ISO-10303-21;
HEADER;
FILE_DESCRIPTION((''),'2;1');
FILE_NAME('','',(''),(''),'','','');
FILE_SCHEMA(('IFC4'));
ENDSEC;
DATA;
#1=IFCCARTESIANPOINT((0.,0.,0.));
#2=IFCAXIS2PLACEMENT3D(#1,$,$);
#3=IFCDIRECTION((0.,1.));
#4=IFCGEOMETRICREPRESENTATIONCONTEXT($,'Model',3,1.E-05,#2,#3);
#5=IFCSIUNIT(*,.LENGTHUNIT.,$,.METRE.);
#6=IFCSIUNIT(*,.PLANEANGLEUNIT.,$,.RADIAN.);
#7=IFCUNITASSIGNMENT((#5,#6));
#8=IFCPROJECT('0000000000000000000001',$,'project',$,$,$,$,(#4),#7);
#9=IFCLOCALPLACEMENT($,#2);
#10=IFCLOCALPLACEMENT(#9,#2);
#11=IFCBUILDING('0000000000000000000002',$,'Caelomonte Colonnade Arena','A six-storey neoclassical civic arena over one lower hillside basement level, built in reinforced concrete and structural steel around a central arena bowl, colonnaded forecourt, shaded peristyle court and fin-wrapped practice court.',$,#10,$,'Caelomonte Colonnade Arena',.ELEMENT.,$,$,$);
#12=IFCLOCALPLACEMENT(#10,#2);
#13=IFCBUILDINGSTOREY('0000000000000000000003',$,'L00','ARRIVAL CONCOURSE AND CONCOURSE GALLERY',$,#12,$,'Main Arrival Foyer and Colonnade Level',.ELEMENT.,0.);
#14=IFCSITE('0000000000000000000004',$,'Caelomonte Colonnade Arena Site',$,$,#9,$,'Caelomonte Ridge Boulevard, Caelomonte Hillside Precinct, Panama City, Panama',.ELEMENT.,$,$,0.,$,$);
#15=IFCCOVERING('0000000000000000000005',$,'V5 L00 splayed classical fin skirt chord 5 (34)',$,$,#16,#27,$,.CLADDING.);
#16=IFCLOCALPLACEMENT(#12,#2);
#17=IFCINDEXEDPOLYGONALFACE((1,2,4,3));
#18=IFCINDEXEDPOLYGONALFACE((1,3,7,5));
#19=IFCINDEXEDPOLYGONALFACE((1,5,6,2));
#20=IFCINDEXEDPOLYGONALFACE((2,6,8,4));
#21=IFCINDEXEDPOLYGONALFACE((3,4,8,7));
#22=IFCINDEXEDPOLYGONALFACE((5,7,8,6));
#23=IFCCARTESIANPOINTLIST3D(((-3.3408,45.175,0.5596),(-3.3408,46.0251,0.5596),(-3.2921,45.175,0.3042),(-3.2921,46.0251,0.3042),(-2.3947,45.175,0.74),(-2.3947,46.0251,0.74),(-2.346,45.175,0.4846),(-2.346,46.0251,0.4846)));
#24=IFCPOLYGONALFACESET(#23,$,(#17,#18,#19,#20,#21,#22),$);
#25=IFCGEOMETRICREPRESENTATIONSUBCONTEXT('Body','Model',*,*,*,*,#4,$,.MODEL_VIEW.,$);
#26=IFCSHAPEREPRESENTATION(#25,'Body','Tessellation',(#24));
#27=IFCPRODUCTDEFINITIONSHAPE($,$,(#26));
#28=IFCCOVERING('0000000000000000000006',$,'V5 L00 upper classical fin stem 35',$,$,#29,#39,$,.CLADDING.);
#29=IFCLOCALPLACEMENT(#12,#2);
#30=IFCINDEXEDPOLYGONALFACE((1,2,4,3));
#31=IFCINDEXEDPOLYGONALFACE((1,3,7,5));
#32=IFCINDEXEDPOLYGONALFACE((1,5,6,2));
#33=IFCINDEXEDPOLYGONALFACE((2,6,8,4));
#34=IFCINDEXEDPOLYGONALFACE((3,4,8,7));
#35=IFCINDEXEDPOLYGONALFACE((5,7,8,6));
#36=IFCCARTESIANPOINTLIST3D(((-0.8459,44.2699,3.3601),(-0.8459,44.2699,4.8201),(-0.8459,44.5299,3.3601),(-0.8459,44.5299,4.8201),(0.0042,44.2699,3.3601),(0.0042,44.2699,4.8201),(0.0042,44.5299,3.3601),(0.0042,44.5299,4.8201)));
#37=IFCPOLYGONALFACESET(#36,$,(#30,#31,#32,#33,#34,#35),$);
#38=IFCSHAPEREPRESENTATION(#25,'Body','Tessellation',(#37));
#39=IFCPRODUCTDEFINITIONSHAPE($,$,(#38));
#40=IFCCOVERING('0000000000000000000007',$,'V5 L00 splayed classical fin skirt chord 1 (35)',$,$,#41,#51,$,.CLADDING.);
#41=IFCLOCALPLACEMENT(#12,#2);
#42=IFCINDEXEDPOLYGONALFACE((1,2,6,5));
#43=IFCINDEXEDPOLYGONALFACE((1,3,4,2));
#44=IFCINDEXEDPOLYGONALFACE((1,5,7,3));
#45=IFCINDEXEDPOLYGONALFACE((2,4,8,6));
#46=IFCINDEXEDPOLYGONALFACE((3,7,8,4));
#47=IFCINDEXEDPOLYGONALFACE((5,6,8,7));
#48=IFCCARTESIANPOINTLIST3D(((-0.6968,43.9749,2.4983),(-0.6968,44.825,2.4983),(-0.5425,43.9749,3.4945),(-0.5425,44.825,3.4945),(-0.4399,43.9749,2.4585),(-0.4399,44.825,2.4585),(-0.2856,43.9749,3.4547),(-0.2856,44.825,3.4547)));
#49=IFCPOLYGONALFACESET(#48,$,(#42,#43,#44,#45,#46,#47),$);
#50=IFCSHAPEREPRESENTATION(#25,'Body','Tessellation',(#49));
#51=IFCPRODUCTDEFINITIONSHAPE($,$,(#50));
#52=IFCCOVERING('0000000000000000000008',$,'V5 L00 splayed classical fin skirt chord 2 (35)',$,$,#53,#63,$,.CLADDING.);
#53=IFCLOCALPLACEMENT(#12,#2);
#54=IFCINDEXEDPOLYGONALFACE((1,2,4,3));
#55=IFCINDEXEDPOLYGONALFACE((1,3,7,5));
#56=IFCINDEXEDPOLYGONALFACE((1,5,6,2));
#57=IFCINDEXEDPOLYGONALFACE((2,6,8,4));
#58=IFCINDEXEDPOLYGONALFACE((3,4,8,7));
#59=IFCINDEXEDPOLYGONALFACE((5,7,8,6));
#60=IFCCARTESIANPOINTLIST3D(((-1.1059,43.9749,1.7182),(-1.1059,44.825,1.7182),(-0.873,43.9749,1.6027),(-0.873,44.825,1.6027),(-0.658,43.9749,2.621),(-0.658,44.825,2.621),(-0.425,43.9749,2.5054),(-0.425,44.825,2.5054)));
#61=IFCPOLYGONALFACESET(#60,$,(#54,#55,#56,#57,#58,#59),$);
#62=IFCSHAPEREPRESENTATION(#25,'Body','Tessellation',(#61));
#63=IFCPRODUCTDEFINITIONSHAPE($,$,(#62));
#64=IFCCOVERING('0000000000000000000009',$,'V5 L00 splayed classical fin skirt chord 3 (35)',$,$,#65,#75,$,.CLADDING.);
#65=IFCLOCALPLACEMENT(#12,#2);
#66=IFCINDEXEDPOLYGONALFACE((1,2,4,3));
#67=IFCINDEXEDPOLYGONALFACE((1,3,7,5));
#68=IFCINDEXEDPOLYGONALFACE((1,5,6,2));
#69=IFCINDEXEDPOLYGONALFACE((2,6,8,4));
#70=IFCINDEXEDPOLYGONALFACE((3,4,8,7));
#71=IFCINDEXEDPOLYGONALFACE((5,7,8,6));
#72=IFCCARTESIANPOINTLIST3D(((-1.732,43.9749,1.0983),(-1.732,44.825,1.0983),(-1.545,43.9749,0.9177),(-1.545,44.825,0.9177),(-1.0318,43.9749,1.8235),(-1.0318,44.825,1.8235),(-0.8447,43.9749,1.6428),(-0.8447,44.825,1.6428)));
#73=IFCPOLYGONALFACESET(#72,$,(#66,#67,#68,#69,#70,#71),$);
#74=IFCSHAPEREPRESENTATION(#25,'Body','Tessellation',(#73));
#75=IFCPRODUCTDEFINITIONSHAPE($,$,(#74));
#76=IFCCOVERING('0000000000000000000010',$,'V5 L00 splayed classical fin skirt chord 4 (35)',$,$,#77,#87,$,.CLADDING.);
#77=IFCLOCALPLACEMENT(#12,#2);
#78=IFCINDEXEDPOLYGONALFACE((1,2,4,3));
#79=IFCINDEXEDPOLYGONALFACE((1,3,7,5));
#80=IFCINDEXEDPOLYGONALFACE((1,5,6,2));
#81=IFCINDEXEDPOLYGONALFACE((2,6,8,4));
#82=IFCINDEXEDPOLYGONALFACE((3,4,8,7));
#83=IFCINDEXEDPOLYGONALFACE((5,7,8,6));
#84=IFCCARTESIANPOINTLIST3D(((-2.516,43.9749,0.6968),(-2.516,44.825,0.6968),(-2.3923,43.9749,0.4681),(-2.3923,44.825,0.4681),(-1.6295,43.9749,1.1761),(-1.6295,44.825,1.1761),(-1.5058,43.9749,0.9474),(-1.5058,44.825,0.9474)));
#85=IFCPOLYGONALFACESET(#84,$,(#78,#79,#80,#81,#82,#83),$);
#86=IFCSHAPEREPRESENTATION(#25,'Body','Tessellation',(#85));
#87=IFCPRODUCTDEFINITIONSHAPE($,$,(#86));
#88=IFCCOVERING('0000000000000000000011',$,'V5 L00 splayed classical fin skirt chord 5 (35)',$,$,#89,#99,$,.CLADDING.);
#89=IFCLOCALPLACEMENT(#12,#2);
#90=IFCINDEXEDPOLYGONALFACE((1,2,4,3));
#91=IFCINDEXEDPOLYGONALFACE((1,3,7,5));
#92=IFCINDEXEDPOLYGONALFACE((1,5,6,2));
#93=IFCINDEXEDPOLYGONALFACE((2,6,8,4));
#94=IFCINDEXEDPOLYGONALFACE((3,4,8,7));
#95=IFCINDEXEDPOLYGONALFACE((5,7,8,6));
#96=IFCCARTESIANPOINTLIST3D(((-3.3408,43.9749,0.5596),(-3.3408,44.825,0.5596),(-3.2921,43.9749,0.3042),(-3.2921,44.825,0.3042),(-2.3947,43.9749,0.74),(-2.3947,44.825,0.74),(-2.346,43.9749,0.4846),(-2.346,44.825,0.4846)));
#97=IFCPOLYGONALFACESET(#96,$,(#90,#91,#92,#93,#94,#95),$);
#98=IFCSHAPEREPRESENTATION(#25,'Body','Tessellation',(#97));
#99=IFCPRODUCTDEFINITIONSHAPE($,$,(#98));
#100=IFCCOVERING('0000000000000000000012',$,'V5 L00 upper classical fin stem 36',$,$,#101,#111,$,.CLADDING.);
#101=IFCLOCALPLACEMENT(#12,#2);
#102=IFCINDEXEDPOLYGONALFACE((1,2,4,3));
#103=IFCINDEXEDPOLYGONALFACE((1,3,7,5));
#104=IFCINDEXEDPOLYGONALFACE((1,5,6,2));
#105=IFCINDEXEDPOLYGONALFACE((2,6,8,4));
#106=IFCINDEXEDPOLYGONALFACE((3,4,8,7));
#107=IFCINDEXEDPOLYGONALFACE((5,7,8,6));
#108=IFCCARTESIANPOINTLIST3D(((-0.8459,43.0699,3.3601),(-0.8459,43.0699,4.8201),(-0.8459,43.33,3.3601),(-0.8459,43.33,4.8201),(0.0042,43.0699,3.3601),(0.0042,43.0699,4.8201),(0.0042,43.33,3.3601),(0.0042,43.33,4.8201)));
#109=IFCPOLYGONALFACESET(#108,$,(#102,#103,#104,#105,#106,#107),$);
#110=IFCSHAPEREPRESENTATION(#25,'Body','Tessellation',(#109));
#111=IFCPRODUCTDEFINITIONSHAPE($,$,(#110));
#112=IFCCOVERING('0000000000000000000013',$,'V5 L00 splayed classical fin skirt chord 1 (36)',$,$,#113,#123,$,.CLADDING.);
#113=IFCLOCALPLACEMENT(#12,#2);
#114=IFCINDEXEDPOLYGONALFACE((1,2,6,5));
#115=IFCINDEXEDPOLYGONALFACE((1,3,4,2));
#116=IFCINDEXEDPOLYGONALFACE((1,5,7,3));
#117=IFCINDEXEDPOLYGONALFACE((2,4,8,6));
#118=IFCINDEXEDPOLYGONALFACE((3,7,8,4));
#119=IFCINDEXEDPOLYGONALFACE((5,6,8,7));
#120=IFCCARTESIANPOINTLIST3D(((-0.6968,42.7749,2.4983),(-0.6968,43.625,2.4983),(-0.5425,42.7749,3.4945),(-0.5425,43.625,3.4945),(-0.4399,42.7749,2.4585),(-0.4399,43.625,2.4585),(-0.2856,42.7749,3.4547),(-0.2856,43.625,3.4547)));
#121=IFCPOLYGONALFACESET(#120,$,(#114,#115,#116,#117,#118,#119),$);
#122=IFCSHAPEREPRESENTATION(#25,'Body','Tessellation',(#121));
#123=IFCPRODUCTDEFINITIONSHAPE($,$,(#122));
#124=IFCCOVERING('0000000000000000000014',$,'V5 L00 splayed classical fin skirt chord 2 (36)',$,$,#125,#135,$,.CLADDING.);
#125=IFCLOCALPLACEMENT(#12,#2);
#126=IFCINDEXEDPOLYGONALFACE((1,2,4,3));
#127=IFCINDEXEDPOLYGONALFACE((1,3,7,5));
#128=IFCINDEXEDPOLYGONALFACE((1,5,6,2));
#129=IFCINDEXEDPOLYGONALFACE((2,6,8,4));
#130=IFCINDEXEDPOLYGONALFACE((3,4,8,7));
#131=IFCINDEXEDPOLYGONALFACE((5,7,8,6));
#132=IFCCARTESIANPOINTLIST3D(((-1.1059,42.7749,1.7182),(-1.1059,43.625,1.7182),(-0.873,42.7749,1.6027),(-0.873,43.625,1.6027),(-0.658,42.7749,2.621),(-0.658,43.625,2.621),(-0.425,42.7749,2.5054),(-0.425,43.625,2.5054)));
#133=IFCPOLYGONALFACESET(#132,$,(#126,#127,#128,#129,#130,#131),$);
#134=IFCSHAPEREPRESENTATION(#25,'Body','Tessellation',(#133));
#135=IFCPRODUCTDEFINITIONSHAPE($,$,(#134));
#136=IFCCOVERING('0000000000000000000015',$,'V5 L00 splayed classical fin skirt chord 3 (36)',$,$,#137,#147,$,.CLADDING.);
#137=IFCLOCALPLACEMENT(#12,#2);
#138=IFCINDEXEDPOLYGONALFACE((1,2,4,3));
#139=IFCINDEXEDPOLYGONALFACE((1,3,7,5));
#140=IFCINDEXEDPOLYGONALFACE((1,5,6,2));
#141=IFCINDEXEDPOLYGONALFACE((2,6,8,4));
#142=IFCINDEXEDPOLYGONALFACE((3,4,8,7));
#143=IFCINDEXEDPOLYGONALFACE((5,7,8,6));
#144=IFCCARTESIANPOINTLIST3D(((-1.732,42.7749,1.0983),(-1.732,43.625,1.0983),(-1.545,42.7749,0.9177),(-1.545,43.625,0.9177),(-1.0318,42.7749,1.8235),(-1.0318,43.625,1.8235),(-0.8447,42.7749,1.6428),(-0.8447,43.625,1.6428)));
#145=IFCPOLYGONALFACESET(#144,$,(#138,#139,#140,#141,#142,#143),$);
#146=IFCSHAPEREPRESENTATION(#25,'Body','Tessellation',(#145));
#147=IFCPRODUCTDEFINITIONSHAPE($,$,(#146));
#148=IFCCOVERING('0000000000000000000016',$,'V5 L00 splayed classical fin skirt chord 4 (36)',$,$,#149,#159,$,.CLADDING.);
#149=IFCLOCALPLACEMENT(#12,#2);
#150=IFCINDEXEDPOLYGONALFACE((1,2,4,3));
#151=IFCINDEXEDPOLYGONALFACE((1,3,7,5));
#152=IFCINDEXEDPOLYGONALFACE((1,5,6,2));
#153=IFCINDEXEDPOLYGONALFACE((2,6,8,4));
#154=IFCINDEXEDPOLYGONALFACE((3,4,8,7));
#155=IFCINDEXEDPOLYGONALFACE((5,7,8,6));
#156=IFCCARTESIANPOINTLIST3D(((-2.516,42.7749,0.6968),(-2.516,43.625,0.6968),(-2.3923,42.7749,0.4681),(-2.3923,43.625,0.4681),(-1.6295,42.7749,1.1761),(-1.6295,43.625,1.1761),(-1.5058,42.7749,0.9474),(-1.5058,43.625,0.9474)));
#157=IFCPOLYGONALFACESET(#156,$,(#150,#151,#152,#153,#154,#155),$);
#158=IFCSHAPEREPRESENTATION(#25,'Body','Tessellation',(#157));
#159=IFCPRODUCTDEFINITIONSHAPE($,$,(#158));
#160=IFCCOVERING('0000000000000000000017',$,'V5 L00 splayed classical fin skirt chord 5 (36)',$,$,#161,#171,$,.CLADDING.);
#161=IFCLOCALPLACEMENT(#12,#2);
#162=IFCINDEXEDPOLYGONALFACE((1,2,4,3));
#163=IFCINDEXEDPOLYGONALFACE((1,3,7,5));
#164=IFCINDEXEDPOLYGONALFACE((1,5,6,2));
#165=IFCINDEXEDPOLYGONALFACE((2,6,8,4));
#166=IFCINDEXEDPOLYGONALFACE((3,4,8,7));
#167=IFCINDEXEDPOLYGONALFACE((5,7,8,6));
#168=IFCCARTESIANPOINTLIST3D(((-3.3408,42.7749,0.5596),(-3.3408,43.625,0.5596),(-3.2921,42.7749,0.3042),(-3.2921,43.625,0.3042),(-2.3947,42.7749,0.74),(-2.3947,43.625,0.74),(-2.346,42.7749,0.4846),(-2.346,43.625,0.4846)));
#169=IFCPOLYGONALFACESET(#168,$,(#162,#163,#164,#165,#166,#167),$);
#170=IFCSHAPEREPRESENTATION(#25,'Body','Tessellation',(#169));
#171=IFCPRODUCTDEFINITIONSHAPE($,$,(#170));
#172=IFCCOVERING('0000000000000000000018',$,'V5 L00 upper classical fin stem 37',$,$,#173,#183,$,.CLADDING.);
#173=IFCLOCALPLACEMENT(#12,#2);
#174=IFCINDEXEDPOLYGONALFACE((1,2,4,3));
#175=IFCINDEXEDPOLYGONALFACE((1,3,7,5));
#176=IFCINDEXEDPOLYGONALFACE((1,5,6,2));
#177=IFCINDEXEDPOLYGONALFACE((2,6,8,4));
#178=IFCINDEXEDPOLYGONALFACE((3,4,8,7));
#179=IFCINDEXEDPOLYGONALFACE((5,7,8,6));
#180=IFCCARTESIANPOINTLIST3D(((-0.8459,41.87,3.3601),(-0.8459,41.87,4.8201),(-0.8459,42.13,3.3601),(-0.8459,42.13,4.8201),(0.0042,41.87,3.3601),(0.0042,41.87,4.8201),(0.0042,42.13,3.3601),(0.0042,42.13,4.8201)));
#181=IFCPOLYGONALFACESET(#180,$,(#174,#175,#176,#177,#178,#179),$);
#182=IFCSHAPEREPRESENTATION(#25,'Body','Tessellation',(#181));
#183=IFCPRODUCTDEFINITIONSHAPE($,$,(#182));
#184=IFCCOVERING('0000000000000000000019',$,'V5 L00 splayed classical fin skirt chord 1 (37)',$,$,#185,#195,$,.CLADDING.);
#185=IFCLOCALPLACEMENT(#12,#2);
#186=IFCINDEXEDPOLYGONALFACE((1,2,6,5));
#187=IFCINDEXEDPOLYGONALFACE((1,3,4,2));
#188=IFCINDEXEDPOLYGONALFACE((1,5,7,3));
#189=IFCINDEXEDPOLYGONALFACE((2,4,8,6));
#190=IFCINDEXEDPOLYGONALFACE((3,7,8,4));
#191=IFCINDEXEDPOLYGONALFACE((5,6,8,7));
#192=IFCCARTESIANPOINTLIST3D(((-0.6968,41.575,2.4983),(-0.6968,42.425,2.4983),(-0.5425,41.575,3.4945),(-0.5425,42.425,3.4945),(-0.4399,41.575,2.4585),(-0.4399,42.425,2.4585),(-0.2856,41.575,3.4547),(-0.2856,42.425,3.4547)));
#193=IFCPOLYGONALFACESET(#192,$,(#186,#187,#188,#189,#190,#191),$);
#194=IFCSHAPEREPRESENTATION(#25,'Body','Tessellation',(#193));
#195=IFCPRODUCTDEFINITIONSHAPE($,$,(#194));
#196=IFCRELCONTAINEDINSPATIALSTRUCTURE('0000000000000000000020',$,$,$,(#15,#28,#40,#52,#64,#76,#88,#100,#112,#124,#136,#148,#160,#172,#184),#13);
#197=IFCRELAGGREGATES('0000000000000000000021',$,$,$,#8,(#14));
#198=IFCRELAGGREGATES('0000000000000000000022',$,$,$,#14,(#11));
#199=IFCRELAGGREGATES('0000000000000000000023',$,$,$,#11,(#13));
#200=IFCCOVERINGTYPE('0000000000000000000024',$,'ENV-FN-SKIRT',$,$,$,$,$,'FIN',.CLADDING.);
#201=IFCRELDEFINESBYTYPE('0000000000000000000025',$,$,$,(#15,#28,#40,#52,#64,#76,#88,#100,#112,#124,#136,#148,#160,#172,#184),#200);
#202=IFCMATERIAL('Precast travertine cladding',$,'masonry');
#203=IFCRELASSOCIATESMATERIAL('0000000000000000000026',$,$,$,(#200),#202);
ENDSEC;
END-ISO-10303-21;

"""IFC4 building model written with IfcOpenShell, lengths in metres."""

from ifc_helpers import new_model, si_unit, direction, frame, origin, origin_2d, place, context, subcontext, project, spatial, rectangle, extrude, material, material_profile, profile_set, type_object, element, save


model = new_model("IFC4")

# Units and contexts
model_context = context("Model", 3, precision=1e-05, world=origin(), true_north=direction((0.0, 1.0)))
body_context = subcontext(model_context, "Body", "Model", "MODEL_VIEW")
ifc_project = project(units=[si_unit("LENGTHUNIT", "METRE"), si_unit("PLANEANGLEUNIT", "RADIAN")], contexts=[model_context])

# Site, building, storey
site_placement = place(None, origin())
site = spatial("IfcSite", under=ifc_project, at=site_placement, Name="Caelomonte Colonnade Arena Site", LongName="Caelomonte Ridge Boulevard, Caelomonte Hillside Precinct, Panama City, Panama", CompositionType="ELEMENT", RefElevation=0.0)
building_placement = place(site_placement, origin())
building = spatial("IfcBuilding", under=site, at=building_placement, Name="Caelomonte Colonnade Arena", Description="A six-storey neoclassical civic arena over one lower hillside basement level, built in reinforced concrete and structural steel around a central arena bowl, colonnaded forecourt, shaded peristyle court and fin-wrapped practice court.", LongName="Caelomonte Colonnade Arena", CompositionType="ELEMENT")
storey_placement = place(building_placement, origin())
storey = spatial("IfcBuildingStorey", under=building, at=storey_placement, Name="L00", Description="ARRIVAL CONCOURSE AND CONCOURSE GALLERY", LongName="Main Arrival Foyer and Colonnade Level", CompositionType="ELEMENT", Elevation=0.0)

# Coverings
ifc_material_1 = material(Name="Precast travertine cladding", Category="masonry")
ifc_material_profile_1 = material_profile(ifc_material_1, rectangle(XDim=0.26, YDim=0.8501, at=origin_2d()), Name="FIN260X850")
ifc_profile_set_1 = profile_set([ifc_material_profile_1], Name="Precast travertine cladding")
covering_type = type_object("IfcCoveringType", Name="ENV-FN-SKIRT", ElementType="FIN", PredefinedType="CLADDING", material=ifc_profile_set_1)
covering_1_placement = place(storey_placement, frame((-2.3704, 45.6001, 0.6123), z_axis=(-0.982296, 0.0, -0.187333), x_axis=(-0.187333, 0.0, 0.982296)))
element("IfcCovering", 1, at=covering_1_placement, inside=storey, type_object=covering_type, Name="V5 L00 splayed classical fin skirt chord 5 (34)", PredefinedType="CLADDING", context=body_context, shape_type="SweptSolid", body=[
    extrude(rectangle(XDim=0.26, YDim=0.8501, at=origin_2d()), origin(), (0.0, 0.0, 1.0), 0.9631),
])
covering_2_placement = place(storey_placement, frame((-0.4209, 44.3999, 3.3601), z_axis=(0.0, 0.0, 1.0), x_axis=(0.0, 1.0, 0.0)))
element("IfcCovering", 2, at=covering_2_placement, inside=storey, type_object=covering_type, Name="V5 L00 upper classical fin stem 35", PredefinedType="CLADDING", context=body_context, shape_type="SweptSolid", body=[
    extrude(rectangle(XDim=0.26, YDim=0.8501, at=origin_2d()), origin(), (0.0, 0.0, 1.0), 1.46),
])
covering_3_placement = place(storey_placement, frame((-0.4141, 44.3999, 3.4746), z_axis=(-0.153076, 0.0, -0.988214), x_axis=(-0.988214, 0.0, 0.153076)))
element("IfcCovering", 3, at=covering_3_placement, inside=storey, type_object=covering_type, Name="V5 L00 splayed classical fin skirt chord 1 (35)", PredefinedType="CLADDING", context=body_context, shape_type="SweptSolid", body=[
    extrude(rectangle(XDim=0.26, YDim=0.8501, at=origin_2d()), origin(), (0.0, 0.0, 1.0), 1.0081),
])
covering_4_placement = place(storey_placement, frame((-0.5415, 44.3999, 2.5632), z_axis=(-0.444499, 0.0, -0.89578), x_axis=(-0.89578, 0.0, 0.444499)))
element("IfcCovering", 4, at=covering_4_placement, inside=storey, type_object=covering_type, Name="V5 L00 splayed classical fin skirt chord 2 (35)", PredefinedType="CLADDING", context=body_context, shape_type="SweptSolid", body=[
    extrude(rectangle(XDim=0.26, YDim=0.8501, at=origin_2d()), origin(), (0.0, 0.0, 1.0), 1.0078),
])
covering_5_placement = place(storey_placement, frame((-0.9382, 44.3999, 1.7332), z_axis=(-0.694646, 0.0, -0.719351), x_axis=(-0.719351, 0.0, 0.694646)))
element("IfcCovering", 5, at=covering_5_placement, inside=storey, type_object=covering_type, Name="V5 L00 splayed classical fin skirt chord 3 (35)", PredefinedType="CLADDING", context=body_context, shape_type="SweptSolid", body=[
    extrude(rectangle(XDim=0.26, YDim=0.8501, at=origin_2d()), origin(), (0.0, 0.0, 1.0), 1.0081),
])
covering_6_placement = place(storey_placement, frame((-1.5676, 44.3999, 1.0618), z_axis=(-0.879676, 0.0, -0.475573), x_axis=(-0.475573, 0.0, 0.879676)))
element("IfcCovering", 6, at=covering_6_placement, inside=storey, type_object=covering_type, Name="V5 L00 splayed classical fin skirt chord 4 (35)", PredefinedType="CLADDING", context=body_context, shape_type="SweptSolid", body=[
    extrude(rectangle(XDim=0.26, YDim=0.8501, at=origin_2d()), origin(), (0.0, 0.0, 1.0), 1.0078),
])
covering_7_placement = place(storey_placement, frame((-2.3704, 44.3999, 0.6123), z_axis=(-0.982296, 0.0, -0.187333), x_axis=(-0.187333, 0.0, 0.982296)))
element("IfcCovering", 7, at=covering_7_placement, inside=storey, type_object=covering_type, Name="V5 L00 splayed classical fin skirt chord 5 (35)", PredefinedType="CLADDING", context=body_context, shape_type="SweptSolid", body=[
    extrude(rectangle(XDim=0.26, YDim=0.8501, at=origin_2d()), origin(), (0.0, 0.0, 1.0), 0.9631),
])
covering_8_placement = place(storey_placement, frame((-0.4209, 43.2, 3.3601), z_axis=(0.0, 0.0, 1.0), x_axis=(0.0, 1.0, 0.0)))
element("IfcCovering", 8, at=covering_8_placement, inside=storey, type_object=covering_type, Name="V5 L00 upper classical fin stem 36", PredefinedType="CLADDING", context=body_context, shape_type="SweptSolid", body=[
    extrude(rectangle(XDim=0.26, YDim=0.8501, at=origin_2d()), origin(), (0.0, 0.0, 1.0), 1.46),
])
covering_9_placement = place(storey_placement, frame((-0.4141, 43.2, 3.4746), z_axis=(-0.153076, 0.0, -0.988214), x_axis=(-0.988214, 0.0, 0.153076)))
element("IfcCovering", 9, at=covering_9_placement, inside=storey, type_object=covering_type, Name="V5 L00 splayed classical fin skirt chord 1 (36)", PredefinedType="CLADDING", context=body_context, shape_type="SweptSolid", body=[
    extrude(rectangle(XDim=0.26, YDim=0.8501, at=origin_2d()), origin(), (0.0, 0.0, 1.0), 1.0081),
])
covering_10_placement = place(storey_placement, frame((-0.5415, 43.2, 2.5632), z_axis=(-0.444499, 0.0, -0.89578), x_axis=(-0.89578, 0.0, 0.444499)))
element("IfcCovering", 10, at=covering_10_placement, inside=storey, type_object=covering_type, Name="V5 L00 splayed classical fin skirt chord 2 (36)", PredefinedType="CLADDING", context=body_context, shape_type="SweptSolid", body=[
    extrude(rectangle(XDim=0.26, YDim=0.8501, at=origin_2d()), origin(), (0.0, 0.0, 1.0), 1.0078),
])
covering_11_placement = place(storey_placement, frame((-0.9382, 43.2, 1.7332), z_axis=(-0.694646, 0.0, -0.719351), x_axis=(-0.719351, 0.0, 0.694646)))
element("IfcCovering", 11, at=covering_11_placement, inside=storey, type_object=covering_type, Name="V5 L00 splayed classical fin skirt chord 3 (36)", PredefinedType="CLADDING", context=body_context, shape_type="SweptSolid", body=[
    extrude(rectangle(XDim=0.26, YDim=0.8501, at=origin_2d()), origin(), (0.0, 0.0, 1.0), 1.0081),
])
covering_12_placement = place(storey_placement, frame((-1.5676, 43.2, 1.0618), z_axis=(-0.879676, 0.0, -0.475573), x_axis=(-0.475573, 0.0, 0.879676)))
element("IfcCovering", 12, at=covering_12_placement, inside=storey, type_object=covering_type, Name="V5 L00 splayed classical fin skirt chord 4 (36)", PredefinedType="CLADDING", context=body_context, shape_type="SweptSolid", body=[
    extrude(rectangle(XDim=0.26, YDim=0.8501, at=origin_2d()), origin(), (0.0, 0.0, 1.0), 1.0078),
])
covering_13_placement = place(storey_placement, frame((-2.3704, 43.2, 0.6123), z_axis=(-0.982296, 0.0, -0.187333), x_axis=(-0.187333, 0.0, 0.982296)))
element("IfcCovering", 13, at=covering_13_placement, inside=storey, type_object=covering_type, Name="V5 L00 splayed classical fin skirt chord 5 (36)", PredefinedType="CLADDING", context=body_context, shape_type="SweptSolid", body=[
    extrude(rectangle(XDim=0.26, YDim=0.8501, at=origin_2d()), origin(), (0.0, 0.0, 1.0), 0.9631),
])
covering_14_placement = place(storey_placement, frame((-0.4209, 42.0, 3.3601), z_axis=(0.0, 0.0, 1.0), x_axis=(0.0, 1.0, 0.0)))
element("IfcCovering", 14, at=covering_14_placement, inside=storey, type_object=covering_type, Name="V5 L00 upper classical fin stem 37", PredefinedType="CLADDING", context=body_context, shape_type="SweptSolid", body=[
    extrude(rectangle(XDim=0.26, YDim=0.8501, at=origin_2d()), origin(), (0.0, 0.0, 1.0), 1.46),
])
covering_15_placement = place(storey_placement, frame((-0.4141, 42.0, 3.4746), z_axis=(-0.153076, 0.0, -0.988214), x_axis=(-0.988214, 0.0, 0.153076)))
element("IfcCovering", 15, at=covering_15_placement, inside=storey, type_object=covering_type, Name="V5 L00 splayed classical fin skirt chord 1 (37)", PredefinedType="CLADDING", context=body_context, shape_type="SweptSolid", body=[
    extrude(rectangle(XDim=0.26, YDim=0.8501, at=origin_2d()), origin(), (0.0, 0.0, 1.0), 1.0081),
])

save(model, "model.ifc")
